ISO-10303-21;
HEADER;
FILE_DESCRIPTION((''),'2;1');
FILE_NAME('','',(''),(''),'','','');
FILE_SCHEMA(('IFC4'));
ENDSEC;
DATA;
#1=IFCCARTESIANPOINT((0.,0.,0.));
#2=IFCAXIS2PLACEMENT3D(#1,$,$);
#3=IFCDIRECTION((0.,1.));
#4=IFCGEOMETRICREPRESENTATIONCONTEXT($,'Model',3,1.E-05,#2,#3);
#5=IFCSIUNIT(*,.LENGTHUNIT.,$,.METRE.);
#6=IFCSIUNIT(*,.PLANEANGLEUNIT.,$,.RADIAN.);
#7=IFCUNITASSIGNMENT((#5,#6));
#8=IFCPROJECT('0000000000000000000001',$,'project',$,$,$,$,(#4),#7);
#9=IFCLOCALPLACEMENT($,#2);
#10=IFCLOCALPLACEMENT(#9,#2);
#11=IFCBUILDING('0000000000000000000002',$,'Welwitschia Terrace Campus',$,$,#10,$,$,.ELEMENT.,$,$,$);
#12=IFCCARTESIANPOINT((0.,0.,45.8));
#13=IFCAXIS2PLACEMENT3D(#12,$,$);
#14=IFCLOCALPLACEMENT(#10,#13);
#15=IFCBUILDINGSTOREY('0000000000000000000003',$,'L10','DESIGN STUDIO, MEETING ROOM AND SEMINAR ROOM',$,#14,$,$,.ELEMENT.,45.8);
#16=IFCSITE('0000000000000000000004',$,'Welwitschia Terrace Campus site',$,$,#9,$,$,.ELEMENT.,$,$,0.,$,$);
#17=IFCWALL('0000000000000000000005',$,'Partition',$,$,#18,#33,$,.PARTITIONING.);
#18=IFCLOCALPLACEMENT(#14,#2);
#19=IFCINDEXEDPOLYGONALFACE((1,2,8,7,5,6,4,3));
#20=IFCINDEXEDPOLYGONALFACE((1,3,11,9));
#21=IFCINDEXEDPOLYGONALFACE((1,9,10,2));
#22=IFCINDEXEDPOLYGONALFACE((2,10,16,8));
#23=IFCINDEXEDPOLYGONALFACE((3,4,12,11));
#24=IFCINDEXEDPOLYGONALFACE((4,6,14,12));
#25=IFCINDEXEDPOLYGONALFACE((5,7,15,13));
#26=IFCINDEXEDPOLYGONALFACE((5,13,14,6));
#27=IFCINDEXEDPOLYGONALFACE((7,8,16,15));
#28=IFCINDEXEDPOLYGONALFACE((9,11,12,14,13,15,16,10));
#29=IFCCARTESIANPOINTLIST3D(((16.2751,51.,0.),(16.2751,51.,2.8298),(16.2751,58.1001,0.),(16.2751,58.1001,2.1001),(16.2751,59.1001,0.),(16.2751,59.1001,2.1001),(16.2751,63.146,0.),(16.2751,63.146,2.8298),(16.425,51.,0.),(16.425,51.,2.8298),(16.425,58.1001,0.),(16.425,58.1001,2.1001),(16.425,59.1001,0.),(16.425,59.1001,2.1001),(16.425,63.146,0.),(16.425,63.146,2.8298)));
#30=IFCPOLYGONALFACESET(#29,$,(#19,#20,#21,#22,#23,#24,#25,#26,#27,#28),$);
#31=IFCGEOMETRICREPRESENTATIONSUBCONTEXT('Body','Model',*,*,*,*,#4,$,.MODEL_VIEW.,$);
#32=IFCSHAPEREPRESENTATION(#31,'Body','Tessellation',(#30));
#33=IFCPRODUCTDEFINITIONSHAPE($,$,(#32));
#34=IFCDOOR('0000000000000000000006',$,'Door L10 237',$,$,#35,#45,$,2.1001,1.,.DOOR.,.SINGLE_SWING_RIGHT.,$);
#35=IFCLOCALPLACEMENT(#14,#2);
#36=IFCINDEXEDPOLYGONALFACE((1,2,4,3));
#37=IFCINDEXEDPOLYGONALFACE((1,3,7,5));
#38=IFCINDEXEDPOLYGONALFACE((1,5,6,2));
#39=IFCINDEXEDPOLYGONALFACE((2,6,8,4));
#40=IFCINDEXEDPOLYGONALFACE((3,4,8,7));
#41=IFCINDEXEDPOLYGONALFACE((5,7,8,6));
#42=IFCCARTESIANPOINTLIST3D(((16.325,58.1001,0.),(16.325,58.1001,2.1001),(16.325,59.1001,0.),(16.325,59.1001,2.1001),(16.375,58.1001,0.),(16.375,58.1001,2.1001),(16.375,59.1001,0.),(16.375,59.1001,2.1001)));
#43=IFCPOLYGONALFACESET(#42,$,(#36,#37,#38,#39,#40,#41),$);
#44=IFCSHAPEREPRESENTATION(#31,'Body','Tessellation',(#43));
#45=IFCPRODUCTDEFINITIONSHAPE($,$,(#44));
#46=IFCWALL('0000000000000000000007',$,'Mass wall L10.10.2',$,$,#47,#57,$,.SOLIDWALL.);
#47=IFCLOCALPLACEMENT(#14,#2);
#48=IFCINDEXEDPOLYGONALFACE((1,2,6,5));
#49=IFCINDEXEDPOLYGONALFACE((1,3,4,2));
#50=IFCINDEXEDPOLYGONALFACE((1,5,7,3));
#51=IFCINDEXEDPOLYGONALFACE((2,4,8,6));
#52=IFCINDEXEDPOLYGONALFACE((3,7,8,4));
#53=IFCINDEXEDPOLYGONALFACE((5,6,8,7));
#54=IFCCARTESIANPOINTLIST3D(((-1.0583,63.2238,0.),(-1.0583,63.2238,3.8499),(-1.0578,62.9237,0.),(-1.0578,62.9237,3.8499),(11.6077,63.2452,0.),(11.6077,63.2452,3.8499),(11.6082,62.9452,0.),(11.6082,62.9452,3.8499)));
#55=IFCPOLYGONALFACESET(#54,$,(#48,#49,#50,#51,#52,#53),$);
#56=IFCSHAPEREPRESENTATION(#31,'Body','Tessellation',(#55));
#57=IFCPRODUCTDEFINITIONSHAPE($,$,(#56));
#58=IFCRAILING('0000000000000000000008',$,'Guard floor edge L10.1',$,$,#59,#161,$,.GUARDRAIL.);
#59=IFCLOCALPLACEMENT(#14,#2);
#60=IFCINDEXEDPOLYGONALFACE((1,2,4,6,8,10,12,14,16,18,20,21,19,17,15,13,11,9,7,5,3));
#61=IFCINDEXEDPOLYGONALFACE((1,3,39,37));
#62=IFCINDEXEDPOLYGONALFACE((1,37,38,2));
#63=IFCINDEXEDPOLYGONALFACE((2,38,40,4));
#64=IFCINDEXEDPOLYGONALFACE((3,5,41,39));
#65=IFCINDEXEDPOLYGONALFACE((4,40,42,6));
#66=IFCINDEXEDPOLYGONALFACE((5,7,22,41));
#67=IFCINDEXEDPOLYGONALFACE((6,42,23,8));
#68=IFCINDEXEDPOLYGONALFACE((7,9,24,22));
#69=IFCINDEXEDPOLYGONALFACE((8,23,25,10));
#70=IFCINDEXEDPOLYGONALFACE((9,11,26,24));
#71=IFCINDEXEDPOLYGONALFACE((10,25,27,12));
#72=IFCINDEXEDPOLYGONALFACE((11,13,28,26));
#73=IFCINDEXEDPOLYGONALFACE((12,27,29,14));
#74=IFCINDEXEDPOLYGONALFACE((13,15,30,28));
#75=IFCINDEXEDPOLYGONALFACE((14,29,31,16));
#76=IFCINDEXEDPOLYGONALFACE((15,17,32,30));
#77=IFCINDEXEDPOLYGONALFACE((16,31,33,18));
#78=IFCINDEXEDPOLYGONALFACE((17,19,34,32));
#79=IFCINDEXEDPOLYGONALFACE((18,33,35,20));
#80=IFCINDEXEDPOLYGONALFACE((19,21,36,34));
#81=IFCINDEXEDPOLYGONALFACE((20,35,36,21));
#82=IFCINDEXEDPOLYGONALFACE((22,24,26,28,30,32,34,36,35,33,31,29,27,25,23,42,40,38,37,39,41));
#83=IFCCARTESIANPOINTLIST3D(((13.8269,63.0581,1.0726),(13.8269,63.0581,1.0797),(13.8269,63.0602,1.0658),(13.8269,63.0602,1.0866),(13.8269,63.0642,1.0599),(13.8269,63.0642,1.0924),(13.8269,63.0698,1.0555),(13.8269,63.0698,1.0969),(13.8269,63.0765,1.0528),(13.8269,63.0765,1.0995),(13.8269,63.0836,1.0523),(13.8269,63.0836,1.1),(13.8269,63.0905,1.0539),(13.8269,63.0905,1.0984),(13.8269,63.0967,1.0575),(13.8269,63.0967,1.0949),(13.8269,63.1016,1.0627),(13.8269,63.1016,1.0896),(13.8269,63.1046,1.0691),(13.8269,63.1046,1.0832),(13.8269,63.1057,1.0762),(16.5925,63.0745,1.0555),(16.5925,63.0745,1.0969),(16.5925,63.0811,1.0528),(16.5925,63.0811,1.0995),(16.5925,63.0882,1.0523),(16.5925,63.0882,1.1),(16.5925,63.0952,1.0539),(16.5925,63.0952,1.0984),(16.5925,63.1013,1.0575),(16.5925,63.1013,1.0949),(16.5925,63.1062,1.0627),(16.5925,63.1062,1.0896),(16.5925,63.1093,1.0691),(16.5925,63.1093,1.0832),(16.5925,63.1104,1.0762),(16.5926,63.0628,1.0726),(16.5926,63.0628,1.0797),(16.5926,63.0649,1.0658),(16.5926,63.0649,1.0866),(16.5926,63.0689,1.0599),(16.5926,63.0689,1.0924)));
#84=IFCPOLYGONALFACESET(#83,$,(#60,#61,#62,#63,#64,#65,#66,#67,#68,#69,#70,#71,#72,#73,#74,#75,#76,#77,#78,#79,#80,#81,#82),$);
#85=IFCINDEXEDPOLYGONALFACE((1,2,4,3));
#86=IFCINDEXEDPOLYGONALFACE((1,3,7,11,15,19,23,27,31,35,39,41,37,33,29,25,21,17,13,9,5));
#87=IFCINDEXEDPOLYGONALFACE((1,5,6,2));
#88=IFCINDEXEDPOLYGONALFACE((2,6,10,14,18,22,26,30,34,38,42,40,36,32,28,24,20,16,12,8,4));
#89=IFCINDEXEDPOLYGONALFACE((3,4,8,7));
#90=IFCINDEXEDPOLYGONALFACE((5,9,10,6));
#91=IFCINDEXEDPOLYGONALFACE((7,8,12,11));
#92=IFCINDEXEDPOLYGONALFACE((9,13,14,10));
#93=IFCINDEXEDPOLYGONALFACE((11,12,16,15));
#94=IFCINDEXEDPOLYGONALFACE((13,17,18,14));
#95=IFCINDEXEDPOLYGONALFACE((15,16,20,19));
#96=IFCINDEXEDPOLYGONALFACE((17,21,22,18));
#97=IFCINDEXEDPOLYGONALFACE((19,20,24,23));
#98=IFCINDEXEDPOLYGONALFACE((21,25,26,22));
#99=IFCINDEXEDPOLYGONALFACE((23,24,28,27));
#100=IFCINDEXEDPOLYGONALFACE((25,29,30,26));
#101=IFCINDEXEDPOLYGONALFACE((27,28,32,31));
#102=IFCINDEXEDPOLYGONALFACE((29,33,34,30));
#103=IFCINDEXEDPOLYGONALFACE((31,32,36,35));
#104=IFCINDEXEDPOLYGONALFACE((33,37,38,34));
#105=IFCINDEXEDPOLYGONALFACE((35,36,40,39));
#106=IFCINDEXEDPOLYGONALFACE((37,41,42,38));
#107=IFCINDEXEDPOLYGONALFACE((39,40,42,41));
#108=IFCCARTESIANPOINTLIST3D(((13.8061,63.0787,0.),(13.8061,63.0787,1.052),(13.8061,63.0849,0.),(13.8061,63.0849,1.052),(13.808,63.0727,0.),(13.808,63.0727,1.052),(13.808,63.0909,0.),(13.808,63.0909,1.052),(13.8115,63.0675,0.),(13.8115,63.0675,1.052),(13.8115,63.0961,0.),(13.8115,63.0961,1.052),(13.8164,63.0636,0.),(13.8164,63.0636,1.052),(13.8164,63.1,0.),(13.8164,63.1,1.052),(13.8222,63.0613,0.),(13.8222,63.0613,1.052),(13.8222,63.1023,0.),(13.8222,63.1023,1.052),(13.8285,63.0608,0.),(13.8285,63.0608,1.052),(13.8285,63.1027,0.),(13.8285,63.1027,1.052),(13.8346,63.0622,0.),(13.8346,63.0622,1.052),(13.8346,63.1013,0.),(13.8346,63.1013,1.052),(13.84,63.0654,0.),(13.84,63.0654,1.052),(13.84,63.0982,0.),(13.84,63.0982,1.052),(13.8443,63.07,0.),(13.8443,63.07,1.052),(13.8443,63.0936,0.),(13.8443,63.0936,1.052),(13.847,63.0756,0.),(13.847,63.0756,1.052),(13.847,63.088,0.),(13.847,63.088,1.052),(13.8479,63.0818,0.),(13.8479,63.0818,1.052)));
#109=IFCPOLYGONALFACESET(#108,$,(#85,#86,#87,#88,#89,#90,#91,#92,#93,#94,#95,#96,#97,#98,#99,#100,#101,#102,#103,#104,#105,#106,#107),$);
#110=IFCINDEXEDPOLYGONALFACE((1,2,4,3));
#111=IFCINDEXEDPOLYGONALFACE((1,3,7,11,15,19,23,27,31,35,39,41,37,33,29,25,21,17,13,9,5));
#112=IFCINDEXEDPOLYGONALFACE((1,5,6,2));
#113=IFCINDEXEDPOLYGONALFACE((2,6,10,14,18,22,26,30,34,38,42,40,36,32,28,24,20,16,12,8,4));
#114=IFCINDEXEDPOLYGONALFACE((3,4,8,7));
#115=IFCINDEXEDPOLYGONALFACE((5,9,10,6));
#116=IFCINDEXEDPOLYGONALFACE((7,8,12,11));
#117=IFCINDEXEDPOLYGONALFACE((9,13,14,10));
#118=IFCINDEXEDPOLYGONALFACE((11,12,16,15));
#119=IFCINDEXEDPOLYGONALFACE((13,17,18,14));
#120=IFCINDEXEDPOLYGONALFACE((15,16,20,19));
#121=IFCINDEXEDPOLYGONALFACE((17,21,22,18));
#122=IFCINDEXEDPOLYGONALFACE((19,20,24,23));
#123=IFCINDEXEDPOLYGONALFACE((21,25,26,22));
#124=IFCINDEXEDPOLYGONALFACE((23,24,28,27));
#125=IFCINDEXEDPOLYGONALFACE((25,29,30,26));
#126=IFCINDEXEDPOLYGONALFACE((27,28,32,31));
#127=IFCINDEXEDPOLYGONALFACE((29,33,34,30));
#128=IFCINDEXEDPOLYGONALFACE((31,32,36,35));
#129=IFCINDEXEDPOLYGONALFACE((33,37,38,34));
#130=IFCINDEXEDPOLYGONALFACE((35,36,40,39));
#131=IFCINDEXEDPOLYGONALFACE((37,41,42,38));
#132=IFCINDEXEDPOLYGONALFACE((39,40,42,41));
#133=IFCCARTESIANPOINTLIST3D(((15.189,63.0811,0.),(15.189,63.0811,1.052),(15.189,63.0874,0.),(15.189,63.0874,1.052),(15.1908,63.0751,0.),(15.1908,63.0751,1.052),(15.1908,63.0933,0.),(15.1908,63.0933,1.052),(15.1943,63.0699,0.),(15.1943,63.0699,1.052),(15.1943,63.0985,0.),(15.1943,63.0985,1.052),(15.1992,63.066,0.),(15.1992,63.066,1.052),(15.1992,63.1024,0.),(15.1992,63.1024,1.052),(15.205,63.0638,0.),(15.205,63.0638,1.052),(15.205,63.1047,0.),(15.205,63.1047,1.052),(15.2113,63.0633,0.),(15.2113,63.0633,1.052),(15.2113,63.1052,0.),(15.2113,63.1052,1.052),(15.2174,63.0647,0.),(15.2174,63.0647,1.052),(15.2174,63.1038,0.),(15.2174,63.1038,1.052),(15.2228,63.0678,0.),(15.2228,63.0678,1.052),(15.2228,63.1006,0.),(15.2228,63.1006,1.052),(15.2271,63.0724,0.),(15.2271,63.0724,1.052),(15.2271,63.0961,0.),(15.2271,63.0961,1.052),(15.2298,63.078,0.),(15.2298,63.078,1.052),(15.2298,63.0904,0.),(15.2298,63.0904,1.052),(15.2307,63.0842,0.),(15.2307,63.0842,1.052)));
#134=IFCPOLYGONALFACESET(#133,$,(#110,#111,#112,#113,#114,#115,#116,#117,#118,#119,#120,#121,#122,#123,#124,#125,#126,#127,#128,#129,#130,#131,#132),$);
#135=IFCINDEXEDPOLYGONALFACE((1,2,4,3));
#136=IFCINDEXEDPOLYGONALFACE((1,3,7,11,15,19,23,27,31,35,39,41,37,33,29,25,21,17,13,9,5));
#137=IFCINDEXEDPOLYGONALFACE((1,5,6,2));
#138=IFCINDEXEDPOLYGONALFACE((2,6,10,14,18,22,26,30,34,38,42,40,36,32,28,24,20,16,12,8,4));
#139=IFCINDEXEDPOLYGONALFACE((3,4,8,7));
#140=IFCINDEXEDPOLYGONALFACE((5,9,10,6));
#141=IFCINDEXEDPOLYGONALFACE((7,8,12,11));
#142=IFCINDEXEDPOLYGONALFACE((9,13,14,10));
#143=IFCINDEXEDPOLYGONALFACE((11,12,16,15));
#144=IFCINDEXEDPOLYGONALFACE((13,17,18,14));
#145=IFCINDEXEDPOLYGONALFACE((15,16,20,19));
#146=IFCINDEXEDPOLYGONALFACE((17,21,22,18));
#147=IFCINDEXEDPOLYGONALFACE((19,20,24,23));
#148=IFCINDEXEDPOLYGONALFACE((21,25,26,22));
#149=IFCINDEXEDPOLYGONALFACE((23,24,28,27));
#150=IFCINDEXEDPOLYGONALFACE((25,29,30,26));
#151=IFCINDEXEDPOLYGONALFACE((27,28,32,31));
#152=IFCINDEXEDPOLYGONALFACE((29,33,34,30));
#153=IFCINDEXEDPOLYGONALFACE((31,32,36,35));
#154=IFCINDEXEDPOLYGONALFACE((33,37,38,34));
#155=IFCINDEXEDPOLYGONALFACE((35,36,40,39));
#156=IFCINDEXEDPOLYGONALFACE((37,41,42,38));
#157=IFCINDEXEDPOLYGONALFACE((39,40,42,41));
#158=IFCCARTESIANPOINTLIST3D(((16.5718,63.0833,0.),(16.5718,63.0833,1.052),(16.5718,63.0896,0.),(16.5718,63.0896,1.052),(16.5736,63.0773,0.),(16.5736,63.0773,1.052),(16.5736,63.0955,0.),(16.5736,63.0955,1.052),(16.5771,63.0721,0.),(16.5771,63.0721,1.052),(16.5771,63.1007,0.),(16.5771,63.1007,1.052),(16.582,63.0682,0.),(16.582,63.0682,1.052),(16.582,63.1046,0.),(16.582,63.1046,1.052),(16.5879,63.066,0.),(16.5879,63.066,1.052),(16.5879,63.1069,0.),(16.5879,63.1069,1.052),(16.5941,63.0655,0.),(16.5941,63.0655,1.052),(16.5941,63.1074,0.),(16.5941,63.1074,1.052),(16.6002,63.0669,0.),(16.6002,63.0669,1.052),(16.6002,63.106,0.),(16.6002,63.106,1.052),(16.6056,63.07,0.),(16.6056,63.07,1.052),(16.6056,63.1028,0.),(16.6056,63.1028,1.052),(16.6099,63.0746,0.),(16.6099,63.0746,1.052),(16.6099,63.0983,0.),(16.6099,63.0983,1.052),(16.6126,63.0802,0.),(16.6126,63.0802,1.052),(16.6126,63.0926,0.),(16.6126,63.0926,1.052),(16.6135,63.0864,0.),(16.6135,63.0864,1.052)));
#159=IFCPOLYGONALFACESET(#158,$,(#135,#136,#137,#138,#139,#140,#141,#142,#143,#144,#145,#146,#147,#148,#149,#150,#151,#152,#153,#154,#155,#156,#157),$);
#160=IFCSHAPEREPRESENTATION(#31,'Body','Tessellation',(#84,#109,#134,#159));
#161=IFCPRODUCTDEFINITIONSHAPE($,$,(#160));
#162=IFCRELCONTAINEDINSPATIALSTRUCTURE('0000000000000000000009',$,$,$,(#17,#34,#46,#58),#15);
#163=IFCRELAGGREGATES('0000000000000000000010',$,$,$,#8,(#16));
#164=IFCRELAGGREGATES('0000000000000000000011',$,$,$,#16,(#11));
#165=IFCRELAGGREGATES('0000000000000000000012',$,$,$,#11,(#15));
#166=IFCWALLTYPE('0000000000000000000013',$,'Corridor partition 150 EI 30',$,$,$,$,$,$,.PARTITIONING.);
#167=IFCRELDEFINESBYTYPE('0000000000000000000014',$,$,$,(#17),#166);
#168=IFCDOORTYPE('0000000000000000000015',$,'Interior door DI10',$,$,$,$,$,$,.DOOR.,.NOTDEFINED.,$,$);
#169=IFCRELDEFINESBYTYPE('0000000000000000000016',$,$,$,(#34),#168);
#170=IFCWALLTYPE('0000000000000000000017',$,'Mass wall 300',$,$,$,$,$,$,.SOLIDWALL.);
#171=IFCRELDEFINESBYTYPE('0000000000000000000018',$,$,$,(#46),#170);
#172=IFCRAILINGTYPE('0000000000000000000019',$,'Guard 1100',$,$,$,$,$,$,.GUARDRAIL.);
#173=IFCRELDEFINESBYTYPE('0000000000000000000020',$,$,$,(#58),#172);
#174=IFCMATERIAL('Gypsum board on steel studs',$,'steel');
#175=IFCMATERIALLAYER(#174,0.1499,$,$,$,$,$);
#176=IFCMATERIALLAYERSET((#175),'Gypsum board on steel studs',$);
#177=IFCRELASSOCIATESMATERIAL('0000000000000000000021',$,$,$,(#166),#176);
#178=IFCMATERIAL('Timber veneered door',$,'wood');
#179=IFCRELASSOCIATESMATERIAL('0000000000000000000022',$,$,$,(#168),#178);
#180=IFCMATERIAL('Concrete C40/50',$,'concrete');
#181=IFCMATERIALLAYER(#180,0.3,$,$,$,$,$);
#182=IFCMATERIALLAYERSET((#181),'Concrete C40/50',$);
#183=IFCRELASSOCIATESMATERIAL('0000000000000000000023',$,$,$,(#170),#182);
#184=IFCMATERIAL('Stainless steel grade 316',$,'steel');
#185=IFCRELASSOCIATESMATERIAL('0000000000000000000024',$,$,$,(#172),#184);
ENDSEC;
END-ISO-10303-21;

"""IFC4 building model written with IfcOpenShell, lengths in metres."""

from ifc_helpers import new_model, si_unit, direction, frame, frame_2d, origin, origin_2d, place, context, subcontext, project, spatial, rectangle, circle, extrude, material, layer, layer_set, type_object, element, fill, save


model = new_model("IFC4")

# Units and contexts
model_context = context("Model", 3, precision=1e-05, world=origin(), true_north=direction((0.0, 1.0)))
body_context = subcontext(model_context, "Body", "Model", "MODEL_VIEW")
ifc_project = project(units=[si_unit("LENGTHUNIT", "METRE"), si_unit("PLANEANGLEUNIT", "RADIAN")], contexts=[model_context])

# Site, building, storey
site_placement = place(None, origin())
site = spatial("IfcSite", under=ifc_project, at=site_placement, Name="Welwitschia Terrace Campus site", CompositionType="ELEMENT", RefElevation=0.0)
building_placement = place(site_placement, origin())
building = spatial("IfcBuilding", under=site, at=building_placement, Name="Welwitschia Terrace Campus", CompositionType="ELEMENT")
storey_placement = place(building_placement, frame((0.0, 0.0, 45.8)))
storey = spatial("IfcBuildingStorey", under=building, at=storey_placement, Name="L10", Description="DESIGN STUDIO, MEETING ROOM AND SEMINAR ROOM", CompositionType="ELEMENT", Elevation=45.8)

# Shared definitions
ifc_material_1 = material(Name="Gypsum board on steel studs", Category="steel")
ifc_layer_1 = layer(ifc_material_1, 0.1499)
ifc_layer_set_1 = layer_set([ifc_layer_1], Name="Gypsum board on steel studs")
wall_type_1 = type_object("IfcWallType", Name="Corridor partition 150 EI 30", PredefinedType="PARTITIONING", material=ifc_layer_set_1)

# Wall, opening, door
wall_1_placement = place(storey_placement, frame((16.3501, 63.146, 0.0), z_axis=(0.0, 0.0, 1.0), x_axis=(0.0, -1.0, 0.0)))
wall_1 = element("IfcWall", 1, at=wall_1_placement, inside=storey, type_object=wall_type_1, Name="Partition", PredefinedType="PARTITIONING", context=body_context, shape_type="SweptSolid", body=[
    extrude(rectangle(XDim=12.146, YDim=0.1499, at=frame_2d((6.073, 0.0))), origin(), (0.0, 0.0, 1.0), 2.8298),
])
opening_1_placement = place(wall_1_placement, frame((4.0459, 0.0, 0.0)))
opening_1 = element("IfcOpeningElement", 2, at=opening_1_placement, cuts=wall_1, PredefinedType="OPENING", context=body_context, shape_type="SweptSolid", body=[
    extrude(rectangle(XDim=1.0, YDim=2.1001, at=frame_2d((0.5, 1.05))), frame((0.0, 0.085, 0.0), z_axis=(0.0, -1.0, 0.0), x_axis=(1.0, 0.0, 0.0)), (0.0, 0.0, 1.0), 0.1699),
])
ifc_material_2 = material(Name="Timber veneered door", Category="wood")
door_type_1 = type_object("IfcDoorType", Name="Interior door DI10", OperationType="NOTDEFINED", PredefinedType="DOOR", material=ifc_material_2)
door_1_placement = place(opening_1_placement, origin())
door_1 = element("IfcDoor", 3, at=door_1_placement, inside=storey, type_object=door_type_1, Name="Door L10 237", OperationType="SINGLE_SWING_RIGHT", OverallHeight=2.1001, OverallWidth=1.0, PredefinedType="DOOR", context=body_context, shape_type="SweptSolid", body=[
    extrude(rectangle(XDim=1.0, YDim=2.1001, at=frame_2d((0.5, 1.05))), frame((0.0, 0.0249, 0.0), z_axis=(0.0, -1.0, 0.0), x_axis=(1.0, 0.0, 0.0)), (0.0, 0.0, 1.0), 0.05),
])
fill(opening_1, door_1)

# Wall
ifc_material_3 = material(Name="Concrete C40/50", Category="concrete")
ifc_layer_2 = layer(ifc_material_3, 0.3)
ifc_layer_set_2 = layer_set([ifc_layer_2], Name="Concrete C40/50")
wall_type_2 = type_object("IfcWallType", Name="Mass wall 300", PredefinedType="SOLIDWALL", material=ifc_layer_set_2)
wall_2_placement = place(storey_placement, frame((11.6079, 63.0952, 0.0), z_axis=(0.0, 0.0, 1.0), x_axis=(-0.999999, -0.001696, 0.0)))
element("IfcWall", 4, at=wall_2_placement, inside=storey, type_object=wall_type_2, Name="Mass wall L10.10.2", PredefinedType="SOLIDWALL", context=body_context, shape_type="SweptSolid", body=[
    extrude(rectangle(XDim=12.666, YDim=0.3, at=frame_2d((6.333, 0.0))), origin(), (0.0, 0.0, 1.0), 3.8499),
])

# Railing
ifc_material_4 = material(Name="Stainless steel grade 316", Category="steel")
railing_type = type_object("IfcRailingType", Name="Guard 1100", PredefinedType="GUARDRAIL", material=ifc_material_4)
railing_1_placement = place(storey_placement, frame((13.8269, 63.0818, 0.0)))
element("IfcRailing", 5, at=railing_1_placement, inside=storey, type_object=railing_type, Name="Guard floor edge L10.1", PredefinedType="GUARDRAIL", context=body_context, shape_type="SweptSolid", body=[
    extrude(circle(Radius=0.0239, at=origin_2d()), frame((0.0, 0.0, 1.0762), z_axis=(0.999999, 0.001677, 0.0), x_axis=(-0.001677, 0.999999, 0.0)), (0.0, 0.0, 1.0), 2.7656),
    extrude(circle(Radius=0.021, at=origin_2d()), origin(), (0.0, 0.0, 1.0), 1.052),
    extrude(circle(Radius=0.021, at=origin_2d()), frame((1.3828, 0.0024, 0.0)), (0.0, 0.0, 1.0), 1.052),
    extrude(circle(Radius=0.021, at=origin_2d()), frame((2.7656, 0.0046, 0.0)), (0.0, 0.0, 1.0), 1.052),
])

save(model, "model.ifc")
